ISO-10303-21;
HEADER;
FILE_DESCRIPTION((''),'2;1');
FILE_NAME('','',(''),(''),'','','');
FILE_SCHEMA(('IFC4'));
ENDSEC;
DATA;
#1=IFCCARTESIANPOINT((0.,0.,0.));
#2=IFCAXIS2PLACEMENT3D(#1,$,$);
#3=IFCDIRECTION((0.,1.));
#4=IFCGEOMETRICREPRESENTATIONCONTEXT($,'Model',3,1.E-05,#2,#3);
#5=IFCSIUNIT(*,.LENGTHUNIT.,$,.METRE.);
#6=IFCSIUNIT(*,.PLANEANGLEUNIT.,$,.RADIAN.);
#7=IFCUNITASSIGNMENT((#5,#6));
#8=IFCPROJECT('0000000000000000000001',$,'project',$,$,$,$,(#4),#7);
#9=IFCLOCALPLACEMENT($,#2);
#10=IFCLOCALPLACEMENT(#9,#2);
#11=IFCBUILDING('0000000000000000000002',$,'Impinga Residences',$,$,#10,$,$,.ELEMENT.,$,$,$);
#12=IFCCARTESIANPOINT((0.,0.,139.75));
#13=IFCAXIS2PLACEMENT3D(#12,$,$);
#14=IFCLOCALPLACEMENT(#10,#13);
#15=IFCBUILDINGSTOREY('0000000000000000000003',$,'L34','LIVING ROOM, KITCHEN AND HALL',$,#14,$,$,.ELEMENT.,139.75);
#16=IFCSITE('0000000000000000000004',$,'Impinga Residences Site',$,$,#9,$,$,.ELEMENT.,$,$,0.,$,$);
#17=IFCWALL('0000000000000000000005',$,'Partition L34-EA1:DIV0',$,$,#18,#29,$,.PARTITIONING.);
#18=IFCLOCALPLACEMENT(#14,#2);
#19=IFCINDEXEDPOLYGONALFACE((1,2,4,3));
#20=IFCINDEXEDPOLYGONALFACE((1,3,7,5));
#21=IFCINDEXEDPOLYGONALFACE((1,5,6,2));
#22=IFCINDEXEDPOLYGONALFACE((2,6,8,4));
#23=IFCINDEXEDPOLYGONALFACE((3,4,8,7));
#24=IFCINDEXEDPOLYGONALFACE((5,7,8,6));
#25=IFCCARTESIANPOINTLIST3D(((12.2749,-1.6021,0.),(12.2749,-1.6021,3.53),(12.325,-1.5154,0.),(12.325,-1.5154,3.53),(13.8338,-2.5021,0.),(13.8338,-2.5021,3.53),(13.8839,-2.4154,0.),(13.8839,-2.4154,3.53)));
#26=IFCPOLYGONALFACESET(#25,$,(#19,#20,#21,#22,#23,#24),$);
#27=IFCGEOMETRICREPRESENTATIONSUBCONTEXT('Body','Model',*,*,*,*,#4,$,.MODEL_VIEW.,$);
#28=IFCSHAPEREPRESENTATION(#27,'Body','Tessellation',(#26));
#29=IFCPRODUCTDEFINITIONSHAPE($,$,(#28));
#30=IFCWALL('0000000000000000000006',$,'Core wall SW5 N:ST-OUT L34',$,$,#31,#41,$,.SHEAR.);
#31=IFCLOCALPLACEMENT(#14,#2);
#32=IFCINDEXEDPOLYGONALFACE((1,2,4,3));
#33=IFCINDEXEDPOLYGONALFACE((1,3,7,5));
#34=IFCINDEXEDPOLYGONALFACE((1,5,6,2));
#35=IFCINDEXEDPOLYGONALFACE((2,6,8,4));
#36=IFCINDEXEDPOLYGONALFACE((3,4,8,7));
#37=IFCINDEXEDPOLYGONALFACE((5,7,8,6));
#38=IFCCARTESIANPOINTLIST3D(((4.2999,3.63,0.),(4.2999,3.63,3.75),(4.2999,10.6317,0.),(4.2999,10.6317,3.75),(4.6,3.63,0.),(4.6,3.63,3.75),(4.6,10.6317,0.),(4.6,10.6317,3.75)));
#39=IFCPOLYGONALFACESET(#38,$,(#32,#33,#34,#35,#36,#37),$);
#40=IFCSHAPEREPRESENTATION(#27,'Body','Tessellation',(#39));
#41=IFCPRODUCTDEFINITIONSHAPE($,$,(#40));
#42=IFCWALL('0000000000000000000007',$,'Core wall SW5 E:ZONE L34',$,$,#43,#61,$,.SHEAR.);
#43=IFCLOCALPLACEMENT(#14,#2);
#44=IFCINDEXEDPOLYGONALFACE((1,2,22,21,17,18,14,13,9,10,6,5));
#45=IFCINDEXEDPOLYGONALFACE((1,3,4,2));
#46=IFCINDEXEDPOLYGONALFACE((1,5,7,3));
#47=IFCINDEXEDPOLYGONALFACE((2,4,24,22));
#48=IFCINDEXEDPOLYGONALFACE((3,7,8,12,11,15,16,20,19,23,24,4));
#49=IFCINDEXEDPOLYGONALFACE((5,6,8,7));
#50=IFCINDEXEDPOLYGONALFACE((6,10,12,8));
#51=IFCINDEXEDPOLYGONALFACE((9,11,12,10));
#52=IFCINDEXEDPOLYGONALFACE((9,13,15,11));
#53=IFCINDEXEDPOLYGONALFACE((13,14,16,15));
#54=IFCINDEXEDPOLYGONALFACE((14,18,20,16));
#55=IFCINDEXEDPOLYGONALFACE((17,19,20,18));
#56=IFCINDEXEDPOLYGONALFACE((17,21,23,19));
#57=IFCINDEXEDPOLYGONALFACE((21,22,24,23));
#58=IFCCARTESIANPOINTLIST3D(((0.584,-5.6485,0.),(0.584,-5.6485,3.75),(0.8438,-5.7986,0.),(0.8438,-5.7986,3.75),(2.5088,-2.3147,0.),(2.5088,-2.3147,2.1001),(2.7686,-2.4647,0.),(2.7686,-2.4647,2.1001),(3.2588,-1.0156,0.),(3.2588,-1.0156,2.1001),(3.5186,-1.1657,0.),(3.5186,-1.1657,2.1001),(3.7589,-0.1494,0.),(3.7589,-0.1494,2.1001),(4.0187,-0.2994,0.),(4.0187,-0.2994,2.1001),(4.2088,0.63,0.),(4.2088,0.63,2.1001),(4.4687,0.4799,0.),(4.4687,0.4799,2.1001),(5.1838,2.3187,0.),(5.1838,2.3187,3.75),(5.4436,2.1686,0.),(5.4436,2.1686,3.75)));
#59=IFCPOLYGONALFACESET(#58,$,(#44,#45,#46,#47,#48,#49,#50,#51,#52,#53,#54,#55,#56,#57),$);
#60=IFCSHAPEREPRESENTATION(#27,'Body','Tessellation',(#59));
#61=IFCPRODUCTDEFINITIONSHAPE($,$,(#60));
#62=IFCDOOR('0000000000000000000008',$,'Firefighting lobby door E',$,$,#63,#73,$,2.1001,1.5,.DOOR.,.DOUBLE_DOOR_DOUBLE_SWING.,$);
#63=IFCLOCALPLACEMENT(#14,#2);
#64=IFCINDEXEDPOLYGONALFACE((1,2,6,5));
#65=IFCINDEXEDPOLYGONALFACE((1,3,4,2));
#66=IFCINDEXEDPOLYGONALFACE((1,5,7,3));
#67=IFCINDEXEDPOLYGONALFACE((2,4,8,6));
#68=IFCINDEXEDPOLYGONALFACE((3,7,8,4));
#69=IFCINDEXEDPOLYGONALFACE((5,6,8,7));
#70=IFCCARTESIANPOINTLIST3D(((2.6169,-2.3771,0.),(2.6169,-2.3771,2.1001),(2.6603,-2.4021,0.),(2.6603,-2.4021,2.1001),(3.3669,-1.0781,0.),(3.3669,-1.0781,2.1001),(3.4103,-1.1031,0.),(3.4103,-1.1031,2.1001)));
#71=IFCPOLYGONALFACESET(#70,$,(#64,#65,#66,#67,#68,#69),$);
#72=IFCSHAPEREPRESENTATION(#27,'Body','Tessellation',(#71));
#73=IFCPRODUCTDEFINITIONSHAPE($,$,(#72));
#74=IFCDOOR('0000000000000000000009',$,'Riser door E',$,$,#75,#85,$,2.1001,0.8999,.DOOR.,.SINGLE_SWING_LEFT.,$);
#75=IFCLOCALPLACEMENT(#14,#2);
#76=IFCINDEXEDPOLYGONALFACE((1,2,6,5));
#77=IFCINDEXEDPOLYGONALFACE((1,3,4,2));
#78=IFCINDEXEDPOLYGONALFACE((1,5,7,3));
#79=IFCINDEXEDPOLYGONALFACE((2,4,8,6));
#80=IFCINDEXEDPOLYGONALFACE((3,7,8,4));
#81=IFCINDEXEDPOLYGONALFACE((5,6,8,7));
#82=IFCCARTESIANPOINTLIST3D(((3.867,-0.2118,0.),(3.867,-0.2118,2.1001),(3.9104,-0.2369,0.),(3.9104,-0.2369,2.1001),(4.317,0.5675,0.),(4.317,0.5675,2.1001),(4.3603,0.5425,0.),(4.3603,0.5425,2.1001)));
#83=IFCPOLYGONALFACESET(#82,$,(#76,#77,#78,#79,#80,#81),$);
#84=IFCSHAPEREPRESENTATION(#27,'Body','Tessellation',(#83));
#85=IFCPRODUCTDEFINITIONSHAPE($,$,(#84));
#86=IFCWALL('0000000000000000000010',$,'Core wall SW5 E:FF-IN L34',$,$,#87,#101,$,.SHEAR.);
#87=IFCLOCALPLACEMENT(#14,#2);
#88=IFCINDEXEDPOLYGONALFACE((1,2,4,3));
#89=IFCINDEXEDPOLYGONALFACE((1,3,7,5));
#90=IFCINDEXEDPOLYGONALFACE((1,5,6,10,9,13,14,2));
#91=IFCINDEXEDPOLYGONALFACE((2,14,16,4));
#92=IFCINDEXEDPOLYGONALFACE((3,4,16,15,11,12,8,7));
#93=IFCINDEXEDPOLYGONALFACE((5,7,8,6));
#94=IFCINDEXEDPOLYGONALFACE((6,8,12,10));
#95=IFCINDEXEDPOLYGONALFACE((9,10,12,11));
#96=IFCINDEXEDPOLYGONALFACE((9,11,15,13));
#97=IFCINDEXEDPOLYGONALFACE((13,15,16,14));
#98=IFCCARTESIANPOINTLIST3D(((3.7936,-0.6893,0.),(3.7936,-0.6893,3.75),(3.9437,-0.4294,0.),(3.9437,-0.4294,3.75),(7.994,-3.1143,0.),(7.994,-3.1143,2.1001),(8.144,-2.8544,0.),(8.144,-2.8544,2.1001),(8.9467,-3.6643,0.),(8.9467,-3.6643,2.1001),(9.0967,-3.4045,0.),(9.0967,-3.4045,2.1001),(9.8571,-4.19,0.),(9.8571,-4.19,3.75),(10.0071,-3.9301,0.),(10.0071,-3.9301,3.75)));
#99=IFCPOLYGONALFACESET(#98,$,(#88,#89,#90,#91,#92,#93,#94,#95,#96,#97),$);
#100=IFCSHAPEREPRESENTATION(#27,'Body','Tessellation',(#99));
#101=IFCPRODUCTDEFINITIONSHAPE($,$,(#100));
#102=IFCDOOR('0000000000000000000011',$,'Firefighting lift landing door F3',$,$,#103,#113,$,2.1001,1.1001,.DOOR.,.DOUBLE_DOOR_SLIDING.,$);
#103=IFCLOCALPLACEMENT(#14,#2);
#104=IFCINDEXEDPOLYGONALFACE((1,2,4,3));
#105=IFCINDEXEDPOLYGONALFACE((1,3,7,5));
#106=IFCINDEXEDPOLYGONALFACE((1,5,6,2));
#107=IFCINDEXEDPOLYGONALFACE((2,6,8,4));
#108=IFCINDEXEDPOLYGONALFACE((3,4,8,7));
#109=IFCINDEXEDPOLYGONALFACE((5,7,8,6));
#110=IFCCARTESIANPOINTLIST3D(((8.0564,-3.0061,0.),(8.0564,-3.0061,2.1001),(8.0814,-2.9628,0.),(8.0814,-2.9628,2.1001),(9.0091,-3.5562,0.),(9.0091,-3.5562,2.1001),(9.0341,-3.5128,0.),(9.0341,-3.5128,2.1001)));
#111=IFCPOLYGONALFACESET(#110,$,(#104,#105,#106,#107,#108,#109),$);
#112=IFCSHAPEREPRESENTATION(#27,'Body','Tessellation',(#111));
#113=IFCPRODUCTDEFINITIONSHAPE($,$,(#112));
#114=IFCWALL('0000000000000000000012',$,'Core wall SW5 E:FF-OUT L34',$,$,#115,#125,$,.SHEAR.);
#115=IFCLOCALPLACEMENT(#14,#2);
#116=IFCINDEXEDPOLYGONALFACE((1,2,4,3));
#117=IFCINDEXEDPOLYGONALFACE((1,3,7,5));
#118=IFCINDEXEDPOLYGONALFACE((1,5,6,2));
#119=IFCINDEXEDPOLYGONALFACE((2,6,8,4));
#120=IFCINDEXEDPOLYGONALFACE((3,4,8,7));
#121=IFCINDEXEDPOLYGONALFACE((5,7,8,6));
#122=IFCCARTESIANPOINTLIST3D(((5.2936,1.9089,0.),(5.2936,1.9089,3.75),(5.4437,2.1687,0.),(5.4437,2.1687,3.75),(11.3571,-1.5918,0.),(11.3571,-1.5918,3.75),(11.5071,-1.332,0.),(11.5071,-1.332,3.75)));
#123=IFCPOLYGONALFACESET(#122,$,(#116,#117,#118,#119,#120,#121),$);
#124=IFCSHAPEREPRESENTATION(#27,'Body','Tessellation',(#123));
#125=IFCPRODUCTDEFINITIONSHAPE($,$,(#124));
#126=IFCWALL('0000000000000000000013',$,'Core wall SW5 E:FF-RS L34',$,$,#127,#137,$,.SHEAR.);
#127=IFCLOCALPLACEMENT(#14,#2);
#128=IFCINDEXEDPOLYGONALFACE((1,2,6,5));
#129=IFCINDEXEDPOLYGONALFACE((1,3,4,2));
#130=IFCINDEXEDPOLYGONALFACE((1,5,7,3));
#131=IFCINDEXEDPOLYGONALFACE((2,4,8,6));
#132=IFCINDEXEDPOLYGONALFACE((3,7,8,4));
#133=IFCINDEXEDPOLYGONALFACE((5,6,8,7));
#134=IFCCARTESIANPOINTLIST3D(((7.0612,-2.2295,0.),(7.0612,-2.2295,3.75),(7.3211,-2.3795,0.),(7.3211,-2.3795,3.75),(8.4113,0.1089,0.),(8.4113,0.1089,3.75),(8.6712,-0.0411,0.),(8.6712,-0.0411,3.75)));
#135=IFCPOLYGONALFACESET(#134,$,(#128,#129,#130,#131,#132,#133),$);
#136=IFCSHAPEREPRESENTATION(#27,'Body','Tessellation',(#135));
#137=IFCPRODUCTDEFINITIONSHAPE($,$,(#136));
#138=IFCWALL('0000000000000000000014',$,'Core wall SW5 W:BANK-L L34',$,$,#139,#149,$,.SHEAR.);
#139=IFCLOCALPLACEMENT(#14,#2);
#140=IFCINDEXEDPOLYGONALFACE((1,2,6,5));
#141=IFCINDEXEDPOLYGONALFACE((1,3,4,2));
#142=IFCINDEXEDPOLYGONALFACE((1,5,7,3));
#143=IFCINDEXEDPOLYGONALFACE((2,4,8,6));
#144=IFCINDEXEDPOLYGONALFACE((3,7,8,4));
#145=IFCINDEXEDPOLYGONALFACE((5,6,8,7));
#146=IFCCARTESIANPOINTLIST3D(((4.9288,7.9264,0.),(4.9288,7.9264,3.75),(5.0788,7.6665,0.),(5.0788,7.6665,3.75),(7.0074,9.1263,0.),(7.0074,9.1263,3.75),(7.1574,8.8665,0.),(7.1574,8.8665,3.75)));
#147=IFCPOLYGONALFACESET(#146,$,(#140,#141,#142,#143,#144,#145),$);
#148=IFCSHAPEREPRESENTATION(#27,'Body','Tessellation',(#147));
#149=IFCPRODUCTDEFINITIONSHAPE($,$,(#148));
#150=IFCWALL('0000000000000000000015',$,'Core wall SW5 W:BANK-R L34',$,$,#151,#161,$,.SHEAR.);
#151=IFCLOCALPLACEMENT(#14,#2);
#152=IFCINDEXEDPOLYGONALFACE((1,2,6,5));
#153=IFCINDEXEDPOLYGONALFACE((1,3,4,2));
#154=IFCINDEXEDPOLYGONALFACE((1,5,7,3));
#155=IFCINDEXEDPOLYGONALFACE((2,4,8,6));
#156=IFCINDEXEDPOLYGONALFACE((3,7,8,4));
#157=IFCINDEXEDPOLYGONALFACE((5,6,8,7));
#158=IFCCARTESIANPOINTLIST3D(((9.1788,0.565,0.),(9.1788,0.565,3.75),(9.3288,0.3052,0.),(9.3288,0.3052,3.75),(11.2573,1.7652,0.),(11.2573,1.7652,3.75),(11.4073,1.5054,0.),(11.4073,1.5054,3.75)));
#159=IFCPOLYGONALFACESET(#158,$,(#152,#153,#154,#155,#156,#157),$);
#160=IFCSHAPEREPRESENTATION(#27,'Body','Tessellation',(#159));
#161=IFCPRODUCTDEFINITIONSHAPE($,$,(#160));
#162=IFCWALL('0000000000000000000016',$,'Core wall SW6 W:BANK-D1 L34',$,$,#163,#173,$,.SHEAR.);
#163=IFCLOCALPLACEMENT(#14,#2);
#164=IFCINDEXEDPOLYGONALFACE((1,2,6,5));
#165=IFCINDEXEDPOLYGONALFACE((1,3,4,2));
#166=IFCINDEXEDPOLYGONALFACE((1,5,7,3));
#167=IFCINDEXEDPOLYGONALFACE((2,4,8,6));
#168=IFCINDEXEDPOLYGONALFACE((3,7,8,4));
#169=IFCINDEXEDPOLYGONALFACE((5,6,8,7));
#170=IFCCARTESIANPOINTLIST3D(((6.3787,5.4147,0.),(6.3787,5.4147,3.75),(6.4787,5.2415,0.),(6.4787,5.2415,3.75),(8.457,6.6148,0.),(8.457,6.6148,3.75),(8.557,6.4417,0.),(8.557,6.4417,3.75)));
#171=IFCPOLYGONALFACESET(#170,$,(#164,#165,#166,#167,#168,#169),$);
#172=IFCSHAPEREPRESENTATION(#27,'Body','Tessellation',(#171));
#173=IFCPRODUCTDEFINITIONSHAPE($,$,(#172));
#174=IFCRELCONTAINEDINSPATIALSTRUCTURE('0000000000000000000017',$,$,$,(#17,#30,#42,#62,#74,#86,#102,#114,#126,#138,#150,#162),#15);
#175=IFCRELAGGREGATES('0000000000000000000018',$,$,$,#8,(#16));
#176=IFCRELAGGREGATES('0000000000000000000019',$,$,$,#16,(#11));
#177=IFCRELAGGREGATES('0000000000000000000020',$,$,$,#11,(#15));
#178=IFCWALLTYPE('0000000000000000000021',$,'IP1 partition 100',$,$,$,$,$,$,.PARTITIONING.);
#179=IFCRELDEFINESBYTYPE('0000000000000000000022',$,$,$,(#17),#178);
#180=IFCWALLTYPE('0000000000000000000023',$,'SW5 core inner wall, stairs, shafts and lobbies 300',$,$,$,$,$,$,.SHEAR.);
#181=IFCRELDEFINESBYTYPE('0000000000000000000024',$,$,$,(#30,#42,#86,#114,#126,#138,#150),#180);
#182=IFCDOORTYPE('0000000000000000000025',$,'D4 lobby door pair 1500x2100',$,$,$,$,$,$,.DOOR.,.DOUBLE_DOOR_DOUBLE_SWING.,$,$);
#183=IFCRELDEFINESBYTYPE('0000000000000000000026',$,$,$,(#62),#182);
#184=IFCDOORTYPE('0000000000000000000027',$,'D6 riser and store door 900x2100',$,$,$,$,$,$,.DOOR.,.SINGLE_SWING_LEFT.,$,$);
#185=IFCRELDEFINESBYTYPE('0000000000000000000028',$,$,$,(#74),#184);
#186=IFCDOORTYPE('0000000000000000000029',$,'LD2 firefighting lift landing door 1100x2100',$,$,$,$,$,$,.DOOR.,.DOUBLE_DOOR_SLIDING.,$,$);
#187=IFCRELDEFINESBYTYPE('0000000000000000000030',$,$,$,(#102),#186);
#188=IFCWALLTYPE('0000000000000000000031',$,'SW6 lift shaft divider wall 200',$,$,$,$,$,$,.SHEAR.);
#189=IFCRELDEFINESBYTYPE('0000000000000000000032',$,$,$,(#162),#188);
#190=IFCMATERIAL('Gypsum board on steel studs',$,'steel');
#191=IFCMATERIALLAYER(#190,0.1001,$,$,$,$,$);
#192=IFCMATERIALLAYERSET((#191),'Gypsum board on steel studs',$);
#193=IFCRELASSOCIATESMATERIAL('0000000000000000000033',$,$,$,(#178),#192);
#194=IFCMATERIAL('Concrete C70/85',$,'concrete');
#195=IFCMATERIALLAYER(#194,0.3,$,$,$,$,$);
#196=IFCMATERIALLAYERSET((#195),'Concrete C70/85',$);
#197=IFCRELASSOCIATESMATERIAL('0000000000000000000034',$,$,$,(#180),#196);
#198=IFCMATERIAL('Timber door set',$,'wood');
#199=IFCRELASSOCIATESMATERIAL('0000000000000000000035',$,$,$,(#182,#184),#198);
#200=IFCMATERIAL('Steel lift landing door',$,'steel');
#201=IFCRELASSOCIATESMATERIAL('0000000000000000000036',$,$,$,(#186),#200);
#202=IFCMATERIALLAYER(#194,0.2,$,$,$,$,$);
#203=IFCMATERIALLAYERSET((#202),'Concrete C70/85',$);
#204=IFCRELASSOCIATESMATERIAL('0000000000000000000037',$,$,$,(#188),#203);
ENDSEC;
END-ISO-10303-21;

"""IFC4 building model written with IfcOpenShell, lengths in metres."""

from ifc_helpers import new_model, si_unit, direction, frame, frame_2d, origin, place, context, subcontext, project, spatial, rectangle, extrude, material, layer, layer_set, type_object, element, fill, save


model = new_model("IFC4")

# Units and contexts
model_context = context("Model", 3, precision=1e-05, world=origin(), true_north=direction((0.0, 1.0)))
body_context = subcontext(model_context, "Body", "Model", "MODEL_VIEW")
ifc_project = project(units=[si_unit("LENGTHUNIT", "METRE"), si_unit("PLANEANGLEUNIT", "RADIAN")], contexts=[model_context])

# Site, building, storey
site_placement = place(None, origin())
site = spatial("IfcSite", under=ifc_project, at=site_placement, Name="Impinga Residences Site", CompositionType="ELEMENT", RefElevation=0.0)
building_placement = place(site_placement, origin())
building = spatial("IfcBuilding", under=site, at=building_placement, Name="Impinga Residences", CompositionType="ELEMENT")
storey_placement = place(building_placement, frame((0.0, 0.0, 139.75)))
storey = spatial("IfcBuildingStorey", under=building, at=storey_placement, Name="L34", Description="LIVING ROOM, KITCHEN AND HALL", CompositionType="ELEMENT", Elevation=139.75)

# Walls
ifc_material_1 = material(Name="Gypsum board on steel studs", Category="steel")
ifc_layer_1 = layer(ifc_material_1, 0.1001)
ifc_layer_set_1 = layer_set([ifc_layer_1], Name="Gypsum board on steel studs")
wall_type_1 = type_object("IfcWallType", Name="IP1 partition 100", PredefinedType="PARTITIONING", material=ifc_layer_set_1)
wall_1_placement = place(storey_placement, frame((12.3, -1.5588, 0.0), z_axis=(0.0, 0.0, 1.0), x_axis=(0.866048, -0.499961, 0.0)))
element("IfcWall", 1, at=wall_1_placement, inside=storey, type_object=wall_type_1, Name="Partition L34-EA1:DIV0", PredefinedType="PARTITIONING", context=body_context, shape_type="SweptSolid", body=[
    extrude(rectangle(XDim=1.8, YDim=0.1001, at=frame_2d((0.8999, 0.0))), origin(), (0.0, 0.0, 1.0), 3.53),
])
ifc_material_2 = material(Name="Concrete C70/85", Category="concrete")
ifc_layer_2 = layer(ifc_material_2, 0.3)
ifc_layer_set_2 = layer_set([ifc_layer_2], Name="Concrete C70/85")
wall_type_2 = type_object("IfcWallType", Name="SW5 core inner wall, stairs, shafts and lobbies 300", PredefinedType="SHEAR", material=ifc_layer_set_2)
wall_2_placement = place(storey_placement, frame((4.45, 3.6299, 0.0), z_axis=(0.0, 0.0, 1.0), x_axis=(0.0, 1.0, 0.0)))
element("IfcWall", 2, at=wall_2_placement, inside=storey, type_object=wall_type_2, Name="Core wall SW5 N:ST-OUT L34", PredefinedType="SHEAR", context=body_context, shape_type="SweptSolid", body=[
    extrude(rectangle(XDim=7.0017, YDim=0.3, at=frame_2d((3.501, 0.0))), origin(), (0.0, 0.0, 1.0), 3.75),
])

# Wall, openings, doors
wall_3_placement = place(storey_placement, frame((5.3137, 2.2437, 0.0), z_axis=(0.0, 0.0, 1.0), x_axis=(-0.499995, -0.866028, 0.0)))
wall_3 = element("IfcWall", 3, at=wall_3_placement, inside=storey, type_object=wall_type_2, Name="Core wall SW5 E:ZONE L34", PredefinedType="SHEAR", context=body_context, shape_type="SweptSolid", body=[
    extrude(rectangle(XDim=9.1997, YDim=0.3, at=frame_2d((4.5999, 0.0))), origin(), (0.0, 0.0, 1.0), 3.75),
])
opening_1_placement = place(wall_3_placement, frame((3.8501, 0.0, 0.0)))
opening_1 = element("IfcOpeningElement", 4, at=opening_1_placement, cuts=wall_3, PredefinedType="OPENING", context=body_context, shape_type="SweptSolid", body=[
    extrude(rectangle(XDim=1.5, YDim=2.1001, at=frame_2d((0.75, 1.05))), frame((0.0, 0.1599, 0.0), z_axis=(0.0, -1.0, 0.0), x_axis=(1.0, 0.0, 0.0)), (0.0, 0.0, 1.0), 0.3201),
])
opening_2_placement = place(wall_3_placement, frame((1.95, 0.0, 0.0)))
opening_2 = element("IfcOpeningElement", 5, at=opening_2_placement, cuts=wall_3, PredefinedType="OPENING", context=body_context, shape_type="SweptSolid", body=[
    extrude(rectangle(XDim=0.8999, YDim=2.1001, at=frame_2d((0.45, 1.05))), frame((0.0, 0.1599, 0.0), z_axis=(0.0, -1.0, 0.0), x_axis=(1.0, 0.0, 0.0)), (0.0, 0.0, 1.0), 0.3201),
])
ifc_material_3 = material(Name="Timber door set", Category="wood")
door_type_1 = type_object("IfcDoorType", Name="D4 lobby door pair 1500x2100", OperationType="DOUBLE_DOOR_DOUBLE_SWING", PredefinedType="DOOR", material=ifc_material_3)
door_1_placement = place(opening_1_placement, origin())
door_1 = element("IfcDoor", 6, at=door_1_placement, inside=storey, type_object=door_type_1, Name="Firefighting lobby door E", OperationType="DOUBLE_DOOR_DOUBLE_SWING", OverallHeight=2.1001, OverallWidth=1.5, PredefinedType="DOOR", context=body_context, shape_type="SweptSolid", body=[
    extrude(rectangle(XDim=1.5, YDim=2.1001, at=frame_2d((0.75, 1.05))), frame((0.0, 0.0249, 0.0), z_axis=(0.0, -1.0, 0.0), x_axis=(1.0, 0.0, 0.0)), (0.0, 0.0, 1.0), 0.05),
])
fill(opening_1, door_1)
door_type_2 = type_object("IfcDoorType", Name="D6 riser and store door 900x2100", OperationType="SINGLE_SWING_LEFT", PredefinedType="DOOR", material=ifc_material_3)
door_2_placement = place(opening_2_placement, origin())
door_2 = element("IfcDoor", 7, at=door_2_placement, inside=storey, type_object=door_type_2, Name="Riser door E", OperationType="SINGLE_SWING_LEFT", OverallHeight=2.1001, OverallWidth=0.8999, PredefinedType="DOOR", context=body_context, shape_type="SweptSolid", body=[
    extrude(rectangle(XDim=0.8999, YDim=2.1001, at=frame_2d((0.45, 1.05))), frame((0.0, 0.0249, 0.0), z_axis=(0.0, -1.0, 0.0), x_axis=(1.0, 0.0, 0.0)), (0.0, 0.0, 1.0), 0.05),
])
fill(opening_2, door_2)

# Wall, opening, door
wall_4_placement = place(storey_placement, frame((3.8687, -0.5593, 0.0), z_axis=(0.0, 0.0, 1.0), x_axis=(0.866026, -0.499998, 0.0)))
wall_4 = element("IfcWall", 8, at=wall_4_placement, inside=storey, type_object=wall_type_2, Name="Core wall SW5 E:FF-IN L34", PredefinedType="SHEAR", context=body_context, shape_type="SweptSolid", body=[
    extrude(rectangle(XDim=7.0015, YDim=0.3, at=frame_2d((3.5007, 0.0))), origin(), (0.0, 0.0, 1.0), 3.75),
])
opening_3_placement = place(wall_4_placement, frame((4.8501, 0.0, 0.0)))
opening_3 = element("IfcOpeningElement", 9, at=opening_3_placement, cuts=wall_4, PredefinedType="OPENING", context=body_context, shape_type="SweptSolid", body=[
    extrude(rectangle(XDim=1.1001, YDim=2.1001, at=frame_2d((0.55, 1.05))), frame((0.0, 0.1599, 0.0), z_axis=(0.0, -1.0, 0.0), x_axis=(1.0, 0.0, 0.0)), (0.0, 0.0, 1.0), 0.3201),
])
ifc_material_4 = material(Name="Steel lift landing door", Category="steel")
door_type_3 = type_object("IfcDoorType", Name="LD2 firefighting lift landing door 1100x2100", OperationType="DOUBLE_DOOR_SLIDING", PredefinedType="DOOR", material=ifc_material_4)
door_3_placement = place(opening_3_placement, origin())
door_3 = element("IfcDoor", 10, at=door_3_placement, inside=storey, type_object=door_type_3, Name="Firefighting lift landing door F3", OperationType="DOUBLE_DOOR_SLIDING", OverallHeight=2.1001, OverallWidth=1.1001, PredefinedType="DOOR", context=body_context, shape_type="SweptSolid", body=[
    extrude(rectangle(XDim=1.1001, YDim=2.1001, at=frame_2d((0.55, 1.05))), frame((0.0, 0.0249, 0.0), z_axis=(0.0, -1.0, 0.0), x_axis=(1.0, 0.0, 0.0)), (0.0, 0.0, 1.0), 0.05),
])
fill(opening_3, door_3)

# Walls
wall_5_placement = place(storey_placement, frame((5.3687, 2.0388, 0.0), z_axis=(0.0, 0.0, 1.0), x_axis=(0.866026, -0.499998, 0.0)))
element("IfcWall", 11, at=wall_5_placement, inside=storey, type_object=wall_type_2, Name="Core wall SW5 E:FF-OUT L34", PredefinedType="SHEAR", context=body_context, shape_type="SweptSolid", body=[
    extrude(rectangle(XDim=7.0015, YDim=0.3, at=frame_2d((3.5007, 0.0))), origin(), (0.0, 0.0, 1.0), 3.75),
])
wall_6_placement = place(storey_placement, frame((8.5413, 0.0339, 0.0), z_axis=(0.0, 0.0, 1.0), x_axis=(-0.500009, -0.86602, 0.0)))
element("IfcWall", 12, at=wall_6_placement, inside=storey, type_object=wall_type_2, Name="Core wall SW5 E:FF-RS L34", PredefinedType="SHEAR", context=body_context, shape_type="SweptSolid", body=[
    extrude(rectangle(XDim=2.7002, YDim=0.3, at=frame_2d((1.3501, 0.0))), origin(), (0.0, 0.0, 1.0), 3.75),
])
for number, where, z_axis, x_axis, name in (
    (13, (5.0037, 7.7964, 0.0), (0.0, 0.0, 1.0), (0.86605, 0.499957, 0.0), "Core wall SW5 W:BANK-L L34"),
    (14, (9.2537, 0.4351, 0.0), (0.0, 0.0, 1.0), (0.866006, 0.500034, 0.0), "Core wall SW5 W:BANK-R L34"),
):
    element("IfcWall", number, at=place(storey_placement, frame(where, z_axis=z_axis, x_axis=x_axis)), inside=storey, type_object=wall_type_2, Name=name, PredefinedType="SHEAR", context=body_context, shape_type="SweptSolid", body=[
        extrude(rectangle(XDim=2.4001, YDim=0.3, at=frame_2d((1.2002, 0.0))), origin(), (0.0, 0.0, 1.0), 3.75),
    ])
ifc_layer_3 = layer(ifc_material_2, 0.2)
ifc_layer_set_3 = layer_set([ifc_layer_3], Name="Concrete C70/85")
wall_type_3 = type_object("IfcWallType", Name="SW6 lift shaft divider wall 200", PredefinedType="SHEAR", material=ifc_layer_set_3)
wall_7_placement = place(storey_placement, frame((6.4287, 5.3281, 0.0), z_axis=(0.0, 0.0, 1.0), x_axis=(0.865981, 0.500078, 0.0)))
element("IfcWall", 15, at=wall_7_placement, inside=storey, type_object=wall_type_3, Name="Core wall SW6 W:BANK-D1 L34", PredefinedType="SHEAR", context=body_context, shape_type="SweptSolid", body=[
    extrude(rectangle(XDim=2.3999, YDim=0.2, at=frame_2d((1.2, 0.0))), origin(), (0.0, 0.0, 1.0), 3.75),
])

save(model, "model.ifc")
